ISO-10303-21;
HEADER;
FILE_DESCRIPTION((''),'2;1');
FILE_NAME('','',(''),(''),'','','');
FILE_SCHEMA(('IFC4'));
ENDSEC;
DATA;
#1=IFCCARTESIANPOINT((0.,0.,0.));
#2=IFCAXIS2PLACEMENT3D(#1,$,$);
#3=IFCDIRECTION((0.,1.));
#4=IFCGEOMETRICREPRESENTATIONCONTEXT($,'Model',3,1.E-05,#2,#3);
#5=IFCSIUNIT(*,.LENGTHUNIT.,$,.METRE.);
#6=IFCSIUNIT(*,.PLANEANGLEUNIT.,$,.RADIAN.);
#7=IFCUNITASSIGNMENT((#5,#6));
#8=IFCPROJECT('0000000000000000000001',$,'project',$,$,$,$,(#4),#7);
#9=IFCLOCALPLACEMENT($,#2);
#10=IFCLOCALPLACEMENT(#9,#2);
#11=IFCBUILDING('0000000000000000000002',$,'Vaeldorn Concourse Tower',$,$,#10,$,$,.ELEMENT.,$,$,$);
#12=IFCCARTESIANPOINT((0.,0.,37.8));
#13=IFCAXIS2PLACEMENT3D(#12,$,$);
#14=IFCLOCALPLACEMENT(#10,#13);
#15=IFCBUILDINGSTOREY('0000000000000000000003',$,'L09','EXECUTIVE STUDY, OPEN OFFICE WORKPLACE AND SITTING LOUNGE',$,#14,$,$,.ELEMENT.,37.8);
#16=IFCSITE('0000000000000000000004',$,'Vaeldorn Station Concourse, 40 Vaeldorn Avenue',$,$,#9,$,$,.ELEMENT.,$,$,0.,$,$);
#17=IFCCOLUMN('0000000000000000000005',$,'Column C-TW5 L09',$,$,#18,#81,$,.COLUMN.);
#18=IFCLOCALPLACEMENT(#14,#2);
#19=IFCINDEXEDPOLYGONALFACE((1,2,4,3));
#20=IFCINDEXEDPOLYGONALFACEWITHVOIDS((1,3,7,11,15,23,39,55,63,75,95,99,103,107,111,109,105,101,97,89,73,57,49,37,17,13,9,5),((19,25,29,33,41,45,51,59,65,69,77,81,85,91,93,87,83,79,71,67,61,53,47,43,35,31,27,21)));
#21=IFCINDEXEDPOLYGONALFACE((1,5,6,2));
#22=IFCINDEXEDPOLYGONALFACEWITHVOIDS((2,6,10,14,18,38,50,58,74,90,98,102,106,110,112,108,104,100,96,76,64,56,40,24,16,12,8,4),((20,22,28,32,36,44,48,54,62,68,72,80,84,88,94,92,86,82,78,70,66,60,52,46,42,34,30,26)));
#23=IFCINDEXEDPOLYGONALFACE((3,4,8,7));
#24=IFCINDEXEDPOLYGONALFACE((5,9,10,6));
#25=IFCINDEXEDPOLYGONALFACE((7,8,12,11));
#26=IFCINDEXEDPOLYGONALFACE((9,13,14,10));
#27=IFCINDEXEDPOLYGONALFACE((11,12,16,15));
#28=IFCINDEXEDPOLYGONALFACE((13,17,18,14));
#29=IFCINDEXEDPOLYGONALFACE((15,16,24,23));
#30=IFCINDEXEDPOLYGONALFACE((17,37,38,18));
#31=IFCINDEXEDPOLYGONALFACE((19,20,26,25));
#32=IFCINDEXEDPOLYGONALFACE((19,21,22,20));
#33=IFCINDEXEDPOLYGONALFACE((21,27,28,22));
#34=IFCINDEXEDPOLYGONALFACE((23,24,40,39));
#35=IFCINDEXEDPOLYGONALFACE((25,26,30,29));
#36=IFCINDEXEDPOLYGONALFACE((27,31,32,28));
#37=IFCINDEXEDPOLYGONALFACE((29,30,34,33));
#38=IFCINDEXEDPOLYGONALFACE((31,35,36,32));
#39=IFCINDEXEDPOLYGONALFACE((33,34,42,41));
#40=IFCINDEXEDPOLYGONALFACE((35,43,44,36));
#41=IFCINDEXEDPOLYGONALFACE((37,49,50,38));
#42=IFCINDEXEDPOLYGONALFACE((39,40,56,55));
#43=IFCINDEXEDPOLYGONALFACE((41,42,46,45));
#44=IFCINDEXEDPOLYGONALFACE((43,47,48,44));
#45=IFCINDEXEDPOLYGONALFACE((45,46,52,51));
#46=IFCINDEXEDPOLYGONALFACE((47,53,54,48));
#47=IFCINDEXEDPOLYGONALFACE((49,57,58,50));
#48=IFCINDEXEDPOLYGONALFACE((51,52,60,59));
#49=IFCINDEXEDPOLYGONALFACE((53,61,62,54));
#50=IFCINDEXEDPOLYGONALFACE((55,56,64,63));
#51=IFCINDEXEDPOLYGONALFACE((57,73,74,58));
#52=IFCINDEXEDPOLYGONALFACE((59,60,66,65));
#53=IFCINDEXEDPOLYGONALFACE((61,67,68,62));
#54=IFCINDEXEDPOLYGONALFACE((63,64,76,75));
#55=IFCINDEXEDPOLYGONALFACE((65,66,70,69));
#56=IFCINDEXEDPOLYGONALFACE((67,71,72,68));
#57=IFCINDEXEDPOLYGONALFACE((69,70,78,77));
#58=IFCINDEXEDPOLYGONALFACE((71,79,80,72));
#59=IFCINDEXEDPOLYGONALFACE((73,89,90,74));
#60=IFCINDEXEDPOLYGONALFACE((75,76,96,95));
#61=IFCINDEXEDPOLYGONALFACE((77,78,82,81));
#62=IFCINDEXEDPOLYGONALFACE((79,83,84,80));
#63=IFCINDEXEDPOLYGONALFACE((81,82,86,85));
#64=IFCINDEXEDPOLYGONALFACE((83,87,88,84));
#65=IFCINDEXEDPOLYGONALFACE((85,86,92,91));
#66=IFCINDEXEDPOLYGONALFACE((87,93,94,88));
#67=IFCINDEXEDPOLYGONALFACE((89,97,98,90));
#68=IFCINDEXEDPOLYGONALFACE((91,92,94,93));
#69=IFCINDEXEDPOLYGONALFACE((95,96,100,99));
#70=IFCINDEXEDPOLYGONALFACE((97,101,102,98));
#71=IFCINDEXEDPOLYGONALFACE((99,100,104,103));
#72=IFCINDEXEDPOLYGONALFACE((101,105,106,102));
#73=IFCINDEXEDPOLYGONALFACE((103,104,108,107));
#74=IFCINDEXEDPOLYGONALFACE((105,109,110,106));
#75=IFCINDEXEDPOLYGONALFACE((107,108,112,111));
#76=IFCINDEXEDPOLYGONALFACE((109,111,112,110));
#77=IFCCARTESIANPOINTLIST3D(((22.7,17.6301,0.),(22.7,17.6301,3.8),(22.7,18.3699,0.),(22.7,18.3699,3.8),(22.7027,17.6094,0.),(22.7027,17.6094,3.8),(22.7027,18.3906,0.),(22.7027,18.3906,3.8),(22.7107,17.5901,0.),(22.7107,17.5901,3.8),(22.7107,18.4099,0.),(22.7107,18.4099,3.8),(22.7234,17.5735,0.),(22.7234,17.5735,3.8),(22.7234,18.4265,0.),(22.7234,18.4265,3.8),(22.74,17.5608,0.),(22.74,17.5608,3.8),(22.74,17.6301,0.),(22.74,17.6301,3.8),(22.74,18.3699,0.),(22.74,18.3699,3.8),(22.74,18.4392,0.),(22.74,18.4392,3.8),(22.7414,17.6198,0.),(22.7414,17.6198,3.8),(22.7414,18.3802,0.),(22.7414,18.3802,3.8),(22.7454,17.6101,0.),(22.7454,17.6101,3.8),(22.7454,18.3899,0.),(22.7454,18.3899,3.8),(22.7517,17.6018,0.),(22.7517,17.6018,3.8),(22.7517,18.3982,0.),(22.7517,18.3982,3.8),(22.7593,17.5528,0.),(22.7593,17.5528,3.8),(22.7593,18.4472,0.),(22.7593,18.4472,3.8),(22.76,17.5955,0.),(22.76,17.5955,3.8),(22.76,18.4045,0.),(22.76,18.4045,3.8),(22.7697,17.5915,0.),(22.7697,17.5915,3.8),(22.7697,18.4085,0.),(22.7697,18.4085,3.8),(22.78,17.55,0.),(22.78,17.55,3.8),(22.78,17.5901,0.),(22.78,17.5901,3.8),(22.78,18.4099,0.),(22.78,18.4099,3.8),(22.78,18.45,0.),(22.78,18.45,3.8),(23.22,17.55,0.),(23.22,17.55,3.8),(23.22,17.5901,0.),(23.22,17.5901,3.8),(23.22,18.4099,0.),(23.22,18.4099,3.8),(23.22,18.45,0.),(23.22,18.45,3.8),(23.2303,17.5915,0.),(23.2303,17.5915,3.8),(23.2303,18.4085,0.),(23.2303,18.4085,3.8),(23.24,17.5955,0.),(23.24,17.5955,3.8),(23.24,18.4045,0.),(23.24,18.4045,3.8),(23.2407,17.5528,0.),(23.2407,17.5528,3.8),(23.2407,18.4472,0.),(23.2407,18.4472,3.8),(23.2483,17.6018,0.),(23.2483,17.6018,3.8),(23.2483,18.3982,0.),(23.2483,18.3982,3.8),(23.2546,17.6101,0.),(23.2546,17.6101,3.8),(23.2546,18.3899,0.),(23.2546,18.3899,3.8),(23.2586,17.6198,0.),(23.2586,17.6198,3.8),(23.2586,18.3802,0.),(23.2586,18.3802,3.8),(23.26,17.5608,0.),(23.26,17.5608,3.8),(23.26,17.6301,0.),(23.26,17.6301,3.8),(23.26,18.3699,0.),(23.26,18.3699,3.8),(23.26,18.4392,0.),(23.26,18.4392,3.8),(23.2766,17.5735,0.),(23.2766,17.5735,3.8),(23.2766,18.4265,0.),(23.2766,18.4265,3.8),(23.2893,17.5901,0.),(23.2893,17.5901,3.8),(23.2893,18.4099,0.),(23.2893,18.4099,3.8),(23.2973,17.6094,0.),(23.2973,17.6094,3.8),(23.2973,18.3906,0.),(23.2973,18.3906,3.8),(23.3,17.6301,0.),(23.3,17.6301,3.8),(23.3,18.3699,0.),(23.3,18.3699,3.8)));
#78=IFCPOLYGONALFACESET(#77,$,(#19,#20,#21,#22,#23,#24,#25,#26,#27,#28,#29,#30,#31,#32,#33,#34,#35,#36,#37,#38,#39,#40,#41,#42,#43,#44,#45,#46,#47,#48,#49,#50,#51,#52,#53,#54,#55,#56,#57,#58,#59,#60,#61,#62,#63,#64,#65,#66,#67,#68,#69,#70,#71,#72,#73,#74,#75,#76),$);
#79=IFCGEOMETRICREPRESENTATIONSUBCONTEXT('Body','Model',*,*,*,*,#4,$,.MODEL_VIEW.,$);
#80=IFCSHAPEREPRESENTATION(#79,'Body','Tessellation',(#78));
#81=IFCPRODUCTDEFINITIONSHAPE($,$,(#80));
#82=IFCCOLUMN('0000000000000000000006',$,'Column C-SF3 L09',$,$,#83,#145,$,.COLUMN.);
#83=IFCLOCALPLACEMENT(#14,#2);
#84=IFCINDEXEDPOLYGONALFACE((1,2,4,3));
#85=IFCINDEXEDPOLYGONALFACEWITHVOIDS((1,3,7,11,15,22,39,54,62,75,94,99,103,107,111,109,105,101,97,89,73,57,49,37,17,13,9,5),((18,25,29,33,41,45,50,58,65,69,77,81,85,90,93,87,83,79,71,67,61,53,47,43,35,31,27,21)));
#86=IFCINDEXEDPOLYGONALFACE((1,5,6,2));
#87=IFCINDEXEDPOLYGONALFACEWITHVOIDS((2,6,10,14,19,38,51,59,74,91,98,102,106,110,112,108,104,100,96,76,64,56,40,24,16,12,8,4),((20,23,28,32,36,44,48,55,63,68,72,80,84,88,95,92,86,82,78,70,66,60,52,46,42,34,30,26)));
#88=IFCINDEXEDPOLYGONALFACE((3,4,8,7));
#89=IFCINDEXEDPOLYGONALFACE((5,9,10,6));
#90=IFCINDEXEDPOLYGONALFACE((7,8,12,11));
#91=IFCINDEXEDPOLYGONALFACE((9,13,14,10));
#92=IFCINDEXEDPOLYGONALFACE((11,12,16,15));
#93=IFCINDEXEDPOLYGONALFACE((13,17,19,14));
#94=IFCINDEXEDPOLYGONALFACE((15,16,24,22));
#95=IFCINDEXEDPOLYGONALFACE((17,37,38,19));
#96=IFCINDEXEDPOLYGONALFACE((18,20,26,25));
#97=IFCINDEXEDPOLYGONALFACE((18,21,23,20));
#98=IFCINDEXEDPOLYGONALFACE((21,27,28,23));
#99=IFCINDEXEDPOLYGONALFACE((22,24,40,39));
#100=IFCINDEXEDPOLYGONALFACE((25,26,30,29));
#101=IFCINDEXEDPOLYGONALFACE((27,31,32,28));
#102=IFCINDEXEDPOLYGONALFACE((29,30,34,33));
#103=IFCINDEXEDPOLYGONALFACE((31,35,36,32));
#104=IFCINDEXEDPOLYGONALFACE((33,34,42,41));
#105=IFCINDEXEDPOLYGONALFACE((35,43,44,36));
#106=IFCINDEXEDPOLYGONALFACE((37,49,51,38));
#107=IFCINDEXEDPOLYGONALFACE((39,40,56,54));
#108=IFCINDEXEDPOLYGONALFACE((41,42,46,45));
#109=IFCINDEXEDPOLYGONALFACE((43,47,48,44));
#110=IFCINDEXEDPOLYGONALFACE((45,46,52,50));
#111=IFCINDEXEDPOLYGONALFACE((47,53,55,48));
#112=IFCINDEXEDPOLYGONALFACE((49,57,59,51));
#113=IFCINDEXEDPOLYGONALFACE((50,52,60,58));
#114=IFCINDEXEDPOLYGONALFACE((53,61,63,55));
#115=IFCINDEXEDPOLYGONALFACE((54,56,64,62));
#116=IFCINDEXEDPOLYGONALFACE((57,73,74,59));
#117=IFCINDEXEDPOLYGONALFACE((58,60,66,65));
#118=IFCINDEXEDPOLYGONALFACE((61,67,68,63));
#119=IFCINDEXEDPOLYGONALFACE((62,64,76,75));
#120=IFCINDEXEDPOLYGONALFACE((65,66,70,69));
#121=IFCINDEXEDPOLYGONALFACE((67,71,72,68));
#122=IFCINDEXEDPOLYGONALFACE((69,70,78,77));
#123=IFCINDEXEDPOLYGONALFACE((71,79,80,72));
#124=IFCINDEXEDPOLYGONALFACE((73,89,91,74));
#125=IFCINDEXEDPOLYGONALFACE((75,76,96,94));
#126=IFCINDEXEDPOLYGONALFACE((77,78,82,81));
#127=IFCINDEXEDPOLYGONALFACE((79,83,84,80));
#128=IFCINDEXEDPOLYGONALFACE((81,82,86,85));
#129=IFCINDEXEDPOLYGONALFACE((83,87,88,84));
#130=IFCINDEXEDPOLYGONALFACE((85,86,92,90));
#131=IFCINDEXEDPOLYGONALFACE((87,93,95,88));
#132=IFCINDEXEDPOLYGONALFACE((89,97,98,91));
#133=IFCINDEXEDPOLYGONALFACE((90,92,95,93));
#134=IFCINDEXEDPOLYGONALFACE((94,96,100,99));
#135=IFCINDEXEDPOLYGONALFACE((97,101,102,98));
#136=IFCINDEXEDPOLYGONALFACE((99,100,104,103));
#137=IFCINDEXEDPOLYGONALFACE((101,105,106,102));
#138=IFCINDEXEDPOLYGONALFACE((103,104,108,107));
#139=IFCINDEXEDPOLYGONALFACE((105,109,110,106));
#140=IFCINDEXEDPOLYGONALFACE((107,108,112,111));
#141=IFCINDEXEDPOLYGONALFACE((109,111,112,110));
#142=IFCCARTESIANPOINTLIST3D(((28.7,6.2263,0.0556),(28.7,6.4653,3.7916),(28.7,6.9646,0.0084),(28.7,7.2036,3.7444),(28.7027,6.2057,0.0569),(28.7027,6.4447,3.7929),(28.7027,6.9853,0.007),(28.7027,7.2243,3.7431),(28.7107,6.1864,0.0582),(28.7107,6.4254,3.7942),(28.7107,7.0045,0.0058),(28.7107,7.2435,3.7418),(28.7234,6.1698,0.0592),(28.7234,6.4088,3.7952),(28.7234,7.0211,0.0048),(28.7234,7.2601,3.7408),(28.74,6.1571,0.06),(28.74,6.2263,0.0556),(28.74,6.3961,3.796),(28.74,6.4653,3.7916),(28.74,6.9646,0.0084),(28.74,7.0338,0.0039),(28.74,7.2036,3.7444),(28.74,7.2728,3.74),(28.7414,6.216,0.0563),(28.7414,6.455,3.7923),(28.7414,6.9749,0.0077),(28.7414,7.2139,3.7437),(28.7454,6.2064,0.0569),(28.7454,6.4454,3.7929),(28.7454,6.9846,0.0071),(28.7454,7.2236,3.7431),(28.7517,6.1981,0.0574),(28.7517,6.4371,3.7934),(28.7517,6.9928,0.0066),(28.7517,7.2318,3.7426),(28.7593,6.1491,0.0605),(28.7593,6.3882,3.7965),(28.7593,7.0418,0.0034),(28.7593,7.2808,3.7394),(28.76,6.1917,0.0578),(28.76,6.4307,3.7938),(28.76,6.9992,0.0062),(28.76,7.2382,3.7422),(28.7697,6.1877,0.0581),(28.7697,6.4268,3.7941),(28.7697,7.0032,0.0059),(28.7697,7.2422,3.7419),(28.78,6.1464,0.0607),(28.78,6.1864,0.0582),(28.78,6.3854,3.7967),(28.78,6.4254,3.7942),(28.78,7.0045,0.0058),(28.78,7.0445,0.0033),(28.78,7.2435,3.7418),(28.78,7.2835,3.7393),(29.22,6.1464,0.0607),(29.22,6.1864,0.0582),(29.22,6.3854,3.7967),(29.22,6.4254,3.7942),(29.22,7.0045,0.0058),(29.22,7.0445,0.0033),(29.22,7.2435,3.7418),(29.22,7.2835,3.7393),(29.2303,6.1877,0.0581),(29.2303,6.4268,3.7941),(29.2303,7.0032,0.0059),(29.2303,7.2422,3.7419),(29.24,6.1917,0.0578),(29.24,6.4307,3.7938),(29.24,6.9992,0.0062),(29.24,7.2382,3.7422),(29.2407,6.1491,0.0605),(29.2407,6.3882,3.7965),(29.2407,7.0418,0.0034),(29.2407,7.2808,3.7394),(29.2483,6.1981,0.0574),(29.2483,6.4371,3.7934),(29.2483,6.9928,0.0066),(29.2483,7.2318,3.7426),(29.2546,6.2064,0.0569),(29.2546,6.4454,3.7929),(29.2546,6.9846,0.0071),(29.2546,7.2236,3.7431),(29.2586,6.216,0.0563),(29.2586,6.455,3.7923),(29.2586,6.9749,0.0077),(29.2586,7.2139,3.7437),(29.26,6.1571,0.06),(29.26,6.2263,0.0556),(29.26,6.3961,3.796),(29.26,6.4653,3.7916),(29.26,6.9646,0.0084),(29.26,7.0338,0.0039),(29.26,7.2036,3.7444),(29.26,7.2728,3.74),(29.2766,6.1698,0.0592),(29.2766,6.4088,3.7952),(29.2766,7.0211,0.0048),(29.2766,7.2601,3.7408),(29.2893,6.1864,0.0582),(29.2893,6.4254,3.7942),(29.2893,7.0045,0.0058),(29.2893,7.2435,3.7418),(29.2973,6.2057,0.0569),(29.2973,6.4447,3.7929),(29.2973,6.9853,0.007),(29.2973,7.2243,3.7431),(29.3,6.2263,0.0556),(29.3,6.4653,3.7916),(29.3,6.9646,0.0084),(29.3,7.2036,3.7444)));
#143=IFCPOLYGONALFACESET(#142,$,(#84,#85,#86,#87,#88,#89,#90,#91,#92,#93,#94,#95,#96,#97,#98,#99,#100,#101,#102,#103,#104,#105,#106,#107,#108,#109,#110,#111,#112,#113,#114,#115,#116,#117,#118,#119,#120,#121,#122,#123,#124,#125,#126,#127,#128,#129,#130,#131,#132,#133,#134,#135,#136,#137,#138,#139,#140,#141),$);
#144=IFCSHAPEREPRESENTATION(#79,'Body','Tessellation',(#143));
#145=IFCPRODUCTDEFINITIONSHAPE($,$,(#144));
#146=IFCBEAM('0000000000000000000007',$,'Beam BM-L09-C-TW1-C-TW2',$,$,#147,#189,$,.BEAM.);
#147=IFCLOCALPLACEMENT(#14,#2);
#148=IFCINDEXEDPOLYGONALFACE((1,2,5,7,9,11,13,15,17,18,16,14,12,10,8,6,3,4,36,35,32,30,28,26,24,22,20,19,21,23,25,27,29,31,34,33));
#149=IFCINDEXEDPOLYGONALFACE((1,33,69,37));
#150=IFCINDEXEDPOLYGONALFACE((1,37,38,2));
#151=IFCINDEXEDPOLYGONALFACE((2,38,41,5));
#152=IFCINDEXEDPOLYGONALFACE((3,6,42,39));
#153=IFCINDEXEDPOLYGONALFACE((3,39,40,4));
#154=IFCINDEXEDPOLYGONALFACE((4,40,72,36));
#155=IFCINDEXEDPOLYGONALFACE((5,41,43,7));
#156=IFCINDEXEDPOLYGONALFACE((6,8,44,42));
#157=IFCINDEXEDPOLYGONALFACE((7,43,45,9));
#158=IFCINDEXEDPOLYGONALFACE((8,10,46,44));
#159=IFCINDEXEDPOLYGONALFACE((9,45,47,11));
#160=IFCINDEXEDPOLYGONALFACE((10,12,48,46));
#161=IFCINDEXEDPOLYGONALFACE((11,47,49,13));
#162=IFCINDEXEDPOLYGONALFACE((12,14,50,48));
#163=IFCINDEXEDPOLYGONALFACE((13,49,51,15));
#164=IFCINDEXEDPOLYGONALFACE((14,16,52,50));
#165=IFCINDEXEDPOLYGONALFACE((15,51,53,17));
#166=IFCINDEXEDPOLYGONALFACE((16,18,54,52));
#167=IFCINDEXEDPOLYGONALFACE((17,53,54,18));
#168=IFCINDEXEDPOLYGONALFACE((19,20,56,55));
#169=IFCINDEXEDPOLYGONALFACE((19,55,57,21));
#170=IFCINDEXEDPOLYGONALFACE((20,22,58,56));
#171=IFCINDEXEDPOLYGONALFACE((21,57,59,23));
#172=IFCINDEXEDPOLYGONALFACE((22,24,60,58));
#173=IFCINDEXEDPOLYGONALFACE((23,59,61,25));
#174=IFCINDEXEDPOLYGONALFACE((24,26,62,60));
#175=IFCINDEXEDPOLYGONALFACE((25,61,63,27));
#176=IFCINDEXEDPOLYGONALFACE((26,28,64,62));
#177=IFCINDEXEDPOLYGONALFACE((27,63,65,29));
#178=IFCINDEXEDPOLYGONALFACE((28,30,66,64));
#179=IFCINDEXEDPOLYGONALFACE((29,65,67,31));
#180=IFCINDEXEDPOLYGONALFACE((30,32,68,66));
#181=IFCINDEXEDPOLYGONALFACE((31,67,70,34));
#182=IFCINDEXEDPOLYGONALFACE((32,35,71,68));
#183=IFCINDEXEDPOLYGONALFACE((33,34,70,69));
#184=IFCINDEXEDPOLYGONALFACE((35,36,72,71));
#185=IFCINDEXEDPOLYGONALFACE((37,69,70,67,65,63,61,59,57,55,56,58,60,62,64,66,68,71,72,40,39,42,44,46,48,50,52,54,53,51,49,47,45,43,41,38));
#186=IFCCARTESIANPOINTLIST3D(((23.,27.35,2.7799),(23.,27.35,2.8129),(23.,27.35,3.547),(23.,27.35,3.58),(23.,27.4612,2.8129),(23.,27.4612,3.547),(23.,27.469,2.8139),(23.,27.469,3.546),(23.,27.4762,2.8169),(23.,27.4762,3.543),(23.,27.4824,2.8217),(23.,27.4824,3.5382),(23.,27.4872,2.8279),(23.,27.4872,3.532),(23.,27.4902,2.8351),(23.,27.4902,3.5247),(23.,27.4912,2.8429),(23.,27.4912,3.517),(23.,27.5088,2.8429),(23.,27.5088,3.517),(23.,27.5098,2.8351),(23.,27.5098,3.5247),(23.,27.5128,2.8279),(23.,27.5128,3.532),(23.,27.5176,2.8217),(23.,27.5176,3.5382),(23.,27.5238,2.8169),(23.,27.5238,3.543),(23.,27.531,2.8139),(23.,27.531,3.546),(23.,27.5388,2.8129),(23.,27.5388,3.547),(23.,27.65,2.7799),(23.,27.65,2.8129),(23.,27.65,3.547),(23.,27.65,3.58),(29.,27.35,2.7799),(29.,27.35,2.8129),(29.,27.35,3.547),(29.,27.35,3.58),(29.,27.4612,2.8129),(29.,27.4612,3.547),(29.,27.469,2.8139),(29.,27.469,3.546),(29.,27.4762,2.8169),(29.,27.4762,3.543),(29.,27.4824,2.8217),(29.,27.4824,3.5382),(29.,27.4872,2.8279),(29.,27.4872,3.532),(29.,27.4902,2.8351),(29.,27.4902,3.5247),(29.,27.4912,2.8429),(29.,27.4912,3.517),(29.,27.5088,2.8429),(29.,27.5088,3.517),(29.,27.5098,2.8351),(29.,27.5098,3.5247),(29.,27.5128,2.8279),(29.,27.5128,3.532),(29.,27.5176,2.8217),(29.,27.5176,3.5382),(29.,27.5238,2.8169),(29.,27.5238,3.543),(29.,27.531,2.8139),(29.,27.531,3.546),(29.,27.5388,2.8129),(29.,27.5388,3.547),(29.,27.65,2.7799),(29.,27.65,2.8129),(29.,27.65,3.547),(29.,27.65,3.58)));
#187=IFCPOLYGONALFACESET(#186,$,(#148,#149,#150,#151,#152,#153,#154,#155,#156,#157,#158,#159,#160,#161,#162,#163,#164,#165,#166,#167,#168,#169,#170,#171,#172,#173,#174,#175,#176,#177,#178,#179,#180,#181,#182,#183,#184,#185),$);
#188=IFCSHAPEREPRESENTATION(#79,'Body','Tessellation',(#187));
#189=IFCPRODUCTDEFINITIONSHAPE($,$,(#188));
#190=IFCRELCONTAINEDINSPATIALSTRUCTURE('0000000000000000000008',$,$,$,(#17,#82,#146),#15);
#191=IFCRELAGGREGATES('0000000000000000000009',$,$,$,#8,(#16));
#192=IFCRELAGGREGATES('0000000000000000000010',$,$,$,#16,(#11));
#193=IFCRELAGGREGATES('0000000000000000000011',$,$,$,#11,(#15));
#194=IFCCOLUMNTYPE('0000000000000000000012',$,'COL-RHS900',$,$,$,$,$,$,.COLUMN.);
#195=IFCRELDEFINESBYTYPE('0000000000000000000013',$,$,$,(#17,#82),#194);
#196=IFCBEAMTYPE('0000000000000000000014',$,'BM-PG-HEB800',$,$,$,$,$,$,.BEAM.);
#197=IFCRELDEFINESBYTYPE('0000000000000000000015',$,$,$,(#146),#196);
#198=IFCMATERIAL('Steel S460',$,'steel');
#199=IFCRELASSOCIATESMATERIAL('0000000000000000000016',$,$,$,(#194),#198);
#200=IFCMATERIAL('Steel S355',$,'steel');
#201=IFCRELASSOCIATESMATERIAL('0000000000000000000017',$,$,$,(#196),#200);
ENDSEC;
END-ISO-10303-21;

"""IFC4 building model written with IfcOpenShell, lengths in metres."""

from ifc_helpers import new_model, si_unit, direction, frame, origin, origin_2d, place, context, subcontext, project, spatial, hollow_rectangle, i_section, extrude, source, transform, mapped, material, material_profile, profile_set, type_object, element, save


model = new_model("IFC4")

# Units and contexts
model_context = context("Model", 3, precision=1e-05, world=origin(), true_north=direction((0.0, 1.0)))
body_context = subcontext(model_context, "Body", "Model", "MODEL_VIEW")
ifc_project = project(units=[si_unit("LENGTHUNIT", "METRE"), si_unit("PLANEANGLEUNIT", "RADIAN")], contexts=[model_context])

# Site, building, storey
site_placement = place(None, origin())
site = spatial("IfcSite", under=ifc_project, at=site_placement, Name="Vaeldorn Station Concourse, 40 Vaeldorn Avenue", CompositionType="ELEMENT", RefElevation=0.0)
building_placement = place(site_placement, origin())
building = spatial("IfcBuilding", under=site, at=building_placement, Name="Vaeldorn Concourse Tower", CompositionType="ELEMENT")
storey_placement = place(building_placement, frame((0.0, 0.0, 37.8)))
storey = spatial("IfcBuildingStorey", under=building, at=storey_placement, Name="L09", Description="EXECUTIVE STUDY, OPEN OFFICE WORKPLACE AND SITTING LOUNGE", CompositionType="ELEMENT", Elevation=37.8)

# Columns
ifc_material_1 = material(Name="Steel S460", Category="steel")
ifc_material_profile_1 = material_profile(ifc_material_1, hollow_rectangle(XDim=0.6001, YDim=0.8999, WallThickness=0.04, InnerFilletRadius=0.04, OuterFilletRadius=0.0801, at=origin_2d()), Name="RHS 900x600x40")
ifc_profile_set_1 = profile_set([ifc_material_profile_1], Name="Steel S460")
column_type_1 = type_object("IfcColumnType", Name="COL-RHS900", PredefinedType="COLUMN", material=ifc_profile_set_1)
shared_shape_1 = source(origin(), body_context, "Body", "SweptSolid", [
    extrude(hollow_rectangle(XDim=0.6001, YDim=0.8999, WallThickness=0.04, InnerFilletRadius=0.04, OuterFilletRadius=0.0801, at=origin_2d()), origin(), (0.0, 0.0, 1.0), 3.8),
])
for number, where, z_axis, x_axis, name in (
    (1, (23.0, 18.0, 0.0), (0.0, 0.0, 1.0), (1.0, 0.0, 0.0), "Column C-TW5 L09"),
):
    element("IfcColumn", number, at=place(storey_placement, frame(where, z_axis=z_axis, x_axis=x_axis)), inside=storey, type_object=column_type_1, Name=name, PredefinedType="COLUMN", context=body_context, shape_type="MappedRepresentation", body=[
        mapped(shared_shape_1, transform((0.0, 0.0, 0.0), scale=1.0)),
    ])
shared_shape_2 = source(origin(), body_context, "Body", "SweptSolid", [
    extrude(hollow_rectangle(XDim=0.6001, YDim=0.8999, WallThickness=0.04, InnerFilletRadius=0.04, OuterFilletRadius=0.0801, at=origin_2d()), origin(), (0.0, 0.0, 1.0), 3.7437),
])
column_1_placement = place(storey_placement, frame((29.0, 6.5955, 0.032), z_axis=(0.0, 0.063844, 0.99796), x_axis=(-1.0, 0.0, 0.0)))
element("IfcColumn", 2, at=column_1_placement, inside=storey, type_object=column_type_1, Name="Column C-SF3 L09", PredefinedType="COLUMN", context=body_context, shape_type="MappedRepresentation", body=[
    mapped(shared_shape_2, transform((0.0, 0.0, 0.0), scale=1.0)),
])

# Beam
ifc_material_2 = material(Name="Steel S355", Category="steel")
ifc_material_profile_2 = material_profile(ifc_material_2, i_section(OverallWidth=0.3, OverallDepth=0.8, WebThickness=0.0176, FlangeThickness=0.033, FilletRadius=0.03, at=origin_2d()), Name="HEB 800")
ifc_profile_set_2 = profile_set([ifc_material_profile_2], Name="Steel S355")
beam_type_1 = type_object("IfcBeamType", Name="BM-PG-HEB800", PredefinedType="BEAM", material=ifc_profile_set_2)
shared_shape_3 = source(origin(), body_context, "Body", "SweptSolid", [
    extrude(i_section(OverallWidth=0.3, OverallDepth=0.8, WebThickness=0.0176, FlangeThickness=0.033, FilletRadius=0.03, at=origin_2d()), origin(), (0.0, 0.0, 1.0), 6.0),
])
beam_1_placement = place(storey_placement, frame((23.0, 27.5, 3.1799), z_axis=(1.0, 0.0, 0.0), x_axis=(0.0, 1.0, 0.0)))
element("IfcBeam", 3, at=beam_1_placement, inside=storey, type_object=beam_type_1, Name="Beam BM-L09-C-TW1-C-TW2", PredefinedType="BEAM", context=body_context, shape_type="MappedRepresentation", body=[
    mapped(shared_shape_3, transform((0.0, 0.0, 0.0), scale=1.0)),
])

save(model, "model.ifc")
